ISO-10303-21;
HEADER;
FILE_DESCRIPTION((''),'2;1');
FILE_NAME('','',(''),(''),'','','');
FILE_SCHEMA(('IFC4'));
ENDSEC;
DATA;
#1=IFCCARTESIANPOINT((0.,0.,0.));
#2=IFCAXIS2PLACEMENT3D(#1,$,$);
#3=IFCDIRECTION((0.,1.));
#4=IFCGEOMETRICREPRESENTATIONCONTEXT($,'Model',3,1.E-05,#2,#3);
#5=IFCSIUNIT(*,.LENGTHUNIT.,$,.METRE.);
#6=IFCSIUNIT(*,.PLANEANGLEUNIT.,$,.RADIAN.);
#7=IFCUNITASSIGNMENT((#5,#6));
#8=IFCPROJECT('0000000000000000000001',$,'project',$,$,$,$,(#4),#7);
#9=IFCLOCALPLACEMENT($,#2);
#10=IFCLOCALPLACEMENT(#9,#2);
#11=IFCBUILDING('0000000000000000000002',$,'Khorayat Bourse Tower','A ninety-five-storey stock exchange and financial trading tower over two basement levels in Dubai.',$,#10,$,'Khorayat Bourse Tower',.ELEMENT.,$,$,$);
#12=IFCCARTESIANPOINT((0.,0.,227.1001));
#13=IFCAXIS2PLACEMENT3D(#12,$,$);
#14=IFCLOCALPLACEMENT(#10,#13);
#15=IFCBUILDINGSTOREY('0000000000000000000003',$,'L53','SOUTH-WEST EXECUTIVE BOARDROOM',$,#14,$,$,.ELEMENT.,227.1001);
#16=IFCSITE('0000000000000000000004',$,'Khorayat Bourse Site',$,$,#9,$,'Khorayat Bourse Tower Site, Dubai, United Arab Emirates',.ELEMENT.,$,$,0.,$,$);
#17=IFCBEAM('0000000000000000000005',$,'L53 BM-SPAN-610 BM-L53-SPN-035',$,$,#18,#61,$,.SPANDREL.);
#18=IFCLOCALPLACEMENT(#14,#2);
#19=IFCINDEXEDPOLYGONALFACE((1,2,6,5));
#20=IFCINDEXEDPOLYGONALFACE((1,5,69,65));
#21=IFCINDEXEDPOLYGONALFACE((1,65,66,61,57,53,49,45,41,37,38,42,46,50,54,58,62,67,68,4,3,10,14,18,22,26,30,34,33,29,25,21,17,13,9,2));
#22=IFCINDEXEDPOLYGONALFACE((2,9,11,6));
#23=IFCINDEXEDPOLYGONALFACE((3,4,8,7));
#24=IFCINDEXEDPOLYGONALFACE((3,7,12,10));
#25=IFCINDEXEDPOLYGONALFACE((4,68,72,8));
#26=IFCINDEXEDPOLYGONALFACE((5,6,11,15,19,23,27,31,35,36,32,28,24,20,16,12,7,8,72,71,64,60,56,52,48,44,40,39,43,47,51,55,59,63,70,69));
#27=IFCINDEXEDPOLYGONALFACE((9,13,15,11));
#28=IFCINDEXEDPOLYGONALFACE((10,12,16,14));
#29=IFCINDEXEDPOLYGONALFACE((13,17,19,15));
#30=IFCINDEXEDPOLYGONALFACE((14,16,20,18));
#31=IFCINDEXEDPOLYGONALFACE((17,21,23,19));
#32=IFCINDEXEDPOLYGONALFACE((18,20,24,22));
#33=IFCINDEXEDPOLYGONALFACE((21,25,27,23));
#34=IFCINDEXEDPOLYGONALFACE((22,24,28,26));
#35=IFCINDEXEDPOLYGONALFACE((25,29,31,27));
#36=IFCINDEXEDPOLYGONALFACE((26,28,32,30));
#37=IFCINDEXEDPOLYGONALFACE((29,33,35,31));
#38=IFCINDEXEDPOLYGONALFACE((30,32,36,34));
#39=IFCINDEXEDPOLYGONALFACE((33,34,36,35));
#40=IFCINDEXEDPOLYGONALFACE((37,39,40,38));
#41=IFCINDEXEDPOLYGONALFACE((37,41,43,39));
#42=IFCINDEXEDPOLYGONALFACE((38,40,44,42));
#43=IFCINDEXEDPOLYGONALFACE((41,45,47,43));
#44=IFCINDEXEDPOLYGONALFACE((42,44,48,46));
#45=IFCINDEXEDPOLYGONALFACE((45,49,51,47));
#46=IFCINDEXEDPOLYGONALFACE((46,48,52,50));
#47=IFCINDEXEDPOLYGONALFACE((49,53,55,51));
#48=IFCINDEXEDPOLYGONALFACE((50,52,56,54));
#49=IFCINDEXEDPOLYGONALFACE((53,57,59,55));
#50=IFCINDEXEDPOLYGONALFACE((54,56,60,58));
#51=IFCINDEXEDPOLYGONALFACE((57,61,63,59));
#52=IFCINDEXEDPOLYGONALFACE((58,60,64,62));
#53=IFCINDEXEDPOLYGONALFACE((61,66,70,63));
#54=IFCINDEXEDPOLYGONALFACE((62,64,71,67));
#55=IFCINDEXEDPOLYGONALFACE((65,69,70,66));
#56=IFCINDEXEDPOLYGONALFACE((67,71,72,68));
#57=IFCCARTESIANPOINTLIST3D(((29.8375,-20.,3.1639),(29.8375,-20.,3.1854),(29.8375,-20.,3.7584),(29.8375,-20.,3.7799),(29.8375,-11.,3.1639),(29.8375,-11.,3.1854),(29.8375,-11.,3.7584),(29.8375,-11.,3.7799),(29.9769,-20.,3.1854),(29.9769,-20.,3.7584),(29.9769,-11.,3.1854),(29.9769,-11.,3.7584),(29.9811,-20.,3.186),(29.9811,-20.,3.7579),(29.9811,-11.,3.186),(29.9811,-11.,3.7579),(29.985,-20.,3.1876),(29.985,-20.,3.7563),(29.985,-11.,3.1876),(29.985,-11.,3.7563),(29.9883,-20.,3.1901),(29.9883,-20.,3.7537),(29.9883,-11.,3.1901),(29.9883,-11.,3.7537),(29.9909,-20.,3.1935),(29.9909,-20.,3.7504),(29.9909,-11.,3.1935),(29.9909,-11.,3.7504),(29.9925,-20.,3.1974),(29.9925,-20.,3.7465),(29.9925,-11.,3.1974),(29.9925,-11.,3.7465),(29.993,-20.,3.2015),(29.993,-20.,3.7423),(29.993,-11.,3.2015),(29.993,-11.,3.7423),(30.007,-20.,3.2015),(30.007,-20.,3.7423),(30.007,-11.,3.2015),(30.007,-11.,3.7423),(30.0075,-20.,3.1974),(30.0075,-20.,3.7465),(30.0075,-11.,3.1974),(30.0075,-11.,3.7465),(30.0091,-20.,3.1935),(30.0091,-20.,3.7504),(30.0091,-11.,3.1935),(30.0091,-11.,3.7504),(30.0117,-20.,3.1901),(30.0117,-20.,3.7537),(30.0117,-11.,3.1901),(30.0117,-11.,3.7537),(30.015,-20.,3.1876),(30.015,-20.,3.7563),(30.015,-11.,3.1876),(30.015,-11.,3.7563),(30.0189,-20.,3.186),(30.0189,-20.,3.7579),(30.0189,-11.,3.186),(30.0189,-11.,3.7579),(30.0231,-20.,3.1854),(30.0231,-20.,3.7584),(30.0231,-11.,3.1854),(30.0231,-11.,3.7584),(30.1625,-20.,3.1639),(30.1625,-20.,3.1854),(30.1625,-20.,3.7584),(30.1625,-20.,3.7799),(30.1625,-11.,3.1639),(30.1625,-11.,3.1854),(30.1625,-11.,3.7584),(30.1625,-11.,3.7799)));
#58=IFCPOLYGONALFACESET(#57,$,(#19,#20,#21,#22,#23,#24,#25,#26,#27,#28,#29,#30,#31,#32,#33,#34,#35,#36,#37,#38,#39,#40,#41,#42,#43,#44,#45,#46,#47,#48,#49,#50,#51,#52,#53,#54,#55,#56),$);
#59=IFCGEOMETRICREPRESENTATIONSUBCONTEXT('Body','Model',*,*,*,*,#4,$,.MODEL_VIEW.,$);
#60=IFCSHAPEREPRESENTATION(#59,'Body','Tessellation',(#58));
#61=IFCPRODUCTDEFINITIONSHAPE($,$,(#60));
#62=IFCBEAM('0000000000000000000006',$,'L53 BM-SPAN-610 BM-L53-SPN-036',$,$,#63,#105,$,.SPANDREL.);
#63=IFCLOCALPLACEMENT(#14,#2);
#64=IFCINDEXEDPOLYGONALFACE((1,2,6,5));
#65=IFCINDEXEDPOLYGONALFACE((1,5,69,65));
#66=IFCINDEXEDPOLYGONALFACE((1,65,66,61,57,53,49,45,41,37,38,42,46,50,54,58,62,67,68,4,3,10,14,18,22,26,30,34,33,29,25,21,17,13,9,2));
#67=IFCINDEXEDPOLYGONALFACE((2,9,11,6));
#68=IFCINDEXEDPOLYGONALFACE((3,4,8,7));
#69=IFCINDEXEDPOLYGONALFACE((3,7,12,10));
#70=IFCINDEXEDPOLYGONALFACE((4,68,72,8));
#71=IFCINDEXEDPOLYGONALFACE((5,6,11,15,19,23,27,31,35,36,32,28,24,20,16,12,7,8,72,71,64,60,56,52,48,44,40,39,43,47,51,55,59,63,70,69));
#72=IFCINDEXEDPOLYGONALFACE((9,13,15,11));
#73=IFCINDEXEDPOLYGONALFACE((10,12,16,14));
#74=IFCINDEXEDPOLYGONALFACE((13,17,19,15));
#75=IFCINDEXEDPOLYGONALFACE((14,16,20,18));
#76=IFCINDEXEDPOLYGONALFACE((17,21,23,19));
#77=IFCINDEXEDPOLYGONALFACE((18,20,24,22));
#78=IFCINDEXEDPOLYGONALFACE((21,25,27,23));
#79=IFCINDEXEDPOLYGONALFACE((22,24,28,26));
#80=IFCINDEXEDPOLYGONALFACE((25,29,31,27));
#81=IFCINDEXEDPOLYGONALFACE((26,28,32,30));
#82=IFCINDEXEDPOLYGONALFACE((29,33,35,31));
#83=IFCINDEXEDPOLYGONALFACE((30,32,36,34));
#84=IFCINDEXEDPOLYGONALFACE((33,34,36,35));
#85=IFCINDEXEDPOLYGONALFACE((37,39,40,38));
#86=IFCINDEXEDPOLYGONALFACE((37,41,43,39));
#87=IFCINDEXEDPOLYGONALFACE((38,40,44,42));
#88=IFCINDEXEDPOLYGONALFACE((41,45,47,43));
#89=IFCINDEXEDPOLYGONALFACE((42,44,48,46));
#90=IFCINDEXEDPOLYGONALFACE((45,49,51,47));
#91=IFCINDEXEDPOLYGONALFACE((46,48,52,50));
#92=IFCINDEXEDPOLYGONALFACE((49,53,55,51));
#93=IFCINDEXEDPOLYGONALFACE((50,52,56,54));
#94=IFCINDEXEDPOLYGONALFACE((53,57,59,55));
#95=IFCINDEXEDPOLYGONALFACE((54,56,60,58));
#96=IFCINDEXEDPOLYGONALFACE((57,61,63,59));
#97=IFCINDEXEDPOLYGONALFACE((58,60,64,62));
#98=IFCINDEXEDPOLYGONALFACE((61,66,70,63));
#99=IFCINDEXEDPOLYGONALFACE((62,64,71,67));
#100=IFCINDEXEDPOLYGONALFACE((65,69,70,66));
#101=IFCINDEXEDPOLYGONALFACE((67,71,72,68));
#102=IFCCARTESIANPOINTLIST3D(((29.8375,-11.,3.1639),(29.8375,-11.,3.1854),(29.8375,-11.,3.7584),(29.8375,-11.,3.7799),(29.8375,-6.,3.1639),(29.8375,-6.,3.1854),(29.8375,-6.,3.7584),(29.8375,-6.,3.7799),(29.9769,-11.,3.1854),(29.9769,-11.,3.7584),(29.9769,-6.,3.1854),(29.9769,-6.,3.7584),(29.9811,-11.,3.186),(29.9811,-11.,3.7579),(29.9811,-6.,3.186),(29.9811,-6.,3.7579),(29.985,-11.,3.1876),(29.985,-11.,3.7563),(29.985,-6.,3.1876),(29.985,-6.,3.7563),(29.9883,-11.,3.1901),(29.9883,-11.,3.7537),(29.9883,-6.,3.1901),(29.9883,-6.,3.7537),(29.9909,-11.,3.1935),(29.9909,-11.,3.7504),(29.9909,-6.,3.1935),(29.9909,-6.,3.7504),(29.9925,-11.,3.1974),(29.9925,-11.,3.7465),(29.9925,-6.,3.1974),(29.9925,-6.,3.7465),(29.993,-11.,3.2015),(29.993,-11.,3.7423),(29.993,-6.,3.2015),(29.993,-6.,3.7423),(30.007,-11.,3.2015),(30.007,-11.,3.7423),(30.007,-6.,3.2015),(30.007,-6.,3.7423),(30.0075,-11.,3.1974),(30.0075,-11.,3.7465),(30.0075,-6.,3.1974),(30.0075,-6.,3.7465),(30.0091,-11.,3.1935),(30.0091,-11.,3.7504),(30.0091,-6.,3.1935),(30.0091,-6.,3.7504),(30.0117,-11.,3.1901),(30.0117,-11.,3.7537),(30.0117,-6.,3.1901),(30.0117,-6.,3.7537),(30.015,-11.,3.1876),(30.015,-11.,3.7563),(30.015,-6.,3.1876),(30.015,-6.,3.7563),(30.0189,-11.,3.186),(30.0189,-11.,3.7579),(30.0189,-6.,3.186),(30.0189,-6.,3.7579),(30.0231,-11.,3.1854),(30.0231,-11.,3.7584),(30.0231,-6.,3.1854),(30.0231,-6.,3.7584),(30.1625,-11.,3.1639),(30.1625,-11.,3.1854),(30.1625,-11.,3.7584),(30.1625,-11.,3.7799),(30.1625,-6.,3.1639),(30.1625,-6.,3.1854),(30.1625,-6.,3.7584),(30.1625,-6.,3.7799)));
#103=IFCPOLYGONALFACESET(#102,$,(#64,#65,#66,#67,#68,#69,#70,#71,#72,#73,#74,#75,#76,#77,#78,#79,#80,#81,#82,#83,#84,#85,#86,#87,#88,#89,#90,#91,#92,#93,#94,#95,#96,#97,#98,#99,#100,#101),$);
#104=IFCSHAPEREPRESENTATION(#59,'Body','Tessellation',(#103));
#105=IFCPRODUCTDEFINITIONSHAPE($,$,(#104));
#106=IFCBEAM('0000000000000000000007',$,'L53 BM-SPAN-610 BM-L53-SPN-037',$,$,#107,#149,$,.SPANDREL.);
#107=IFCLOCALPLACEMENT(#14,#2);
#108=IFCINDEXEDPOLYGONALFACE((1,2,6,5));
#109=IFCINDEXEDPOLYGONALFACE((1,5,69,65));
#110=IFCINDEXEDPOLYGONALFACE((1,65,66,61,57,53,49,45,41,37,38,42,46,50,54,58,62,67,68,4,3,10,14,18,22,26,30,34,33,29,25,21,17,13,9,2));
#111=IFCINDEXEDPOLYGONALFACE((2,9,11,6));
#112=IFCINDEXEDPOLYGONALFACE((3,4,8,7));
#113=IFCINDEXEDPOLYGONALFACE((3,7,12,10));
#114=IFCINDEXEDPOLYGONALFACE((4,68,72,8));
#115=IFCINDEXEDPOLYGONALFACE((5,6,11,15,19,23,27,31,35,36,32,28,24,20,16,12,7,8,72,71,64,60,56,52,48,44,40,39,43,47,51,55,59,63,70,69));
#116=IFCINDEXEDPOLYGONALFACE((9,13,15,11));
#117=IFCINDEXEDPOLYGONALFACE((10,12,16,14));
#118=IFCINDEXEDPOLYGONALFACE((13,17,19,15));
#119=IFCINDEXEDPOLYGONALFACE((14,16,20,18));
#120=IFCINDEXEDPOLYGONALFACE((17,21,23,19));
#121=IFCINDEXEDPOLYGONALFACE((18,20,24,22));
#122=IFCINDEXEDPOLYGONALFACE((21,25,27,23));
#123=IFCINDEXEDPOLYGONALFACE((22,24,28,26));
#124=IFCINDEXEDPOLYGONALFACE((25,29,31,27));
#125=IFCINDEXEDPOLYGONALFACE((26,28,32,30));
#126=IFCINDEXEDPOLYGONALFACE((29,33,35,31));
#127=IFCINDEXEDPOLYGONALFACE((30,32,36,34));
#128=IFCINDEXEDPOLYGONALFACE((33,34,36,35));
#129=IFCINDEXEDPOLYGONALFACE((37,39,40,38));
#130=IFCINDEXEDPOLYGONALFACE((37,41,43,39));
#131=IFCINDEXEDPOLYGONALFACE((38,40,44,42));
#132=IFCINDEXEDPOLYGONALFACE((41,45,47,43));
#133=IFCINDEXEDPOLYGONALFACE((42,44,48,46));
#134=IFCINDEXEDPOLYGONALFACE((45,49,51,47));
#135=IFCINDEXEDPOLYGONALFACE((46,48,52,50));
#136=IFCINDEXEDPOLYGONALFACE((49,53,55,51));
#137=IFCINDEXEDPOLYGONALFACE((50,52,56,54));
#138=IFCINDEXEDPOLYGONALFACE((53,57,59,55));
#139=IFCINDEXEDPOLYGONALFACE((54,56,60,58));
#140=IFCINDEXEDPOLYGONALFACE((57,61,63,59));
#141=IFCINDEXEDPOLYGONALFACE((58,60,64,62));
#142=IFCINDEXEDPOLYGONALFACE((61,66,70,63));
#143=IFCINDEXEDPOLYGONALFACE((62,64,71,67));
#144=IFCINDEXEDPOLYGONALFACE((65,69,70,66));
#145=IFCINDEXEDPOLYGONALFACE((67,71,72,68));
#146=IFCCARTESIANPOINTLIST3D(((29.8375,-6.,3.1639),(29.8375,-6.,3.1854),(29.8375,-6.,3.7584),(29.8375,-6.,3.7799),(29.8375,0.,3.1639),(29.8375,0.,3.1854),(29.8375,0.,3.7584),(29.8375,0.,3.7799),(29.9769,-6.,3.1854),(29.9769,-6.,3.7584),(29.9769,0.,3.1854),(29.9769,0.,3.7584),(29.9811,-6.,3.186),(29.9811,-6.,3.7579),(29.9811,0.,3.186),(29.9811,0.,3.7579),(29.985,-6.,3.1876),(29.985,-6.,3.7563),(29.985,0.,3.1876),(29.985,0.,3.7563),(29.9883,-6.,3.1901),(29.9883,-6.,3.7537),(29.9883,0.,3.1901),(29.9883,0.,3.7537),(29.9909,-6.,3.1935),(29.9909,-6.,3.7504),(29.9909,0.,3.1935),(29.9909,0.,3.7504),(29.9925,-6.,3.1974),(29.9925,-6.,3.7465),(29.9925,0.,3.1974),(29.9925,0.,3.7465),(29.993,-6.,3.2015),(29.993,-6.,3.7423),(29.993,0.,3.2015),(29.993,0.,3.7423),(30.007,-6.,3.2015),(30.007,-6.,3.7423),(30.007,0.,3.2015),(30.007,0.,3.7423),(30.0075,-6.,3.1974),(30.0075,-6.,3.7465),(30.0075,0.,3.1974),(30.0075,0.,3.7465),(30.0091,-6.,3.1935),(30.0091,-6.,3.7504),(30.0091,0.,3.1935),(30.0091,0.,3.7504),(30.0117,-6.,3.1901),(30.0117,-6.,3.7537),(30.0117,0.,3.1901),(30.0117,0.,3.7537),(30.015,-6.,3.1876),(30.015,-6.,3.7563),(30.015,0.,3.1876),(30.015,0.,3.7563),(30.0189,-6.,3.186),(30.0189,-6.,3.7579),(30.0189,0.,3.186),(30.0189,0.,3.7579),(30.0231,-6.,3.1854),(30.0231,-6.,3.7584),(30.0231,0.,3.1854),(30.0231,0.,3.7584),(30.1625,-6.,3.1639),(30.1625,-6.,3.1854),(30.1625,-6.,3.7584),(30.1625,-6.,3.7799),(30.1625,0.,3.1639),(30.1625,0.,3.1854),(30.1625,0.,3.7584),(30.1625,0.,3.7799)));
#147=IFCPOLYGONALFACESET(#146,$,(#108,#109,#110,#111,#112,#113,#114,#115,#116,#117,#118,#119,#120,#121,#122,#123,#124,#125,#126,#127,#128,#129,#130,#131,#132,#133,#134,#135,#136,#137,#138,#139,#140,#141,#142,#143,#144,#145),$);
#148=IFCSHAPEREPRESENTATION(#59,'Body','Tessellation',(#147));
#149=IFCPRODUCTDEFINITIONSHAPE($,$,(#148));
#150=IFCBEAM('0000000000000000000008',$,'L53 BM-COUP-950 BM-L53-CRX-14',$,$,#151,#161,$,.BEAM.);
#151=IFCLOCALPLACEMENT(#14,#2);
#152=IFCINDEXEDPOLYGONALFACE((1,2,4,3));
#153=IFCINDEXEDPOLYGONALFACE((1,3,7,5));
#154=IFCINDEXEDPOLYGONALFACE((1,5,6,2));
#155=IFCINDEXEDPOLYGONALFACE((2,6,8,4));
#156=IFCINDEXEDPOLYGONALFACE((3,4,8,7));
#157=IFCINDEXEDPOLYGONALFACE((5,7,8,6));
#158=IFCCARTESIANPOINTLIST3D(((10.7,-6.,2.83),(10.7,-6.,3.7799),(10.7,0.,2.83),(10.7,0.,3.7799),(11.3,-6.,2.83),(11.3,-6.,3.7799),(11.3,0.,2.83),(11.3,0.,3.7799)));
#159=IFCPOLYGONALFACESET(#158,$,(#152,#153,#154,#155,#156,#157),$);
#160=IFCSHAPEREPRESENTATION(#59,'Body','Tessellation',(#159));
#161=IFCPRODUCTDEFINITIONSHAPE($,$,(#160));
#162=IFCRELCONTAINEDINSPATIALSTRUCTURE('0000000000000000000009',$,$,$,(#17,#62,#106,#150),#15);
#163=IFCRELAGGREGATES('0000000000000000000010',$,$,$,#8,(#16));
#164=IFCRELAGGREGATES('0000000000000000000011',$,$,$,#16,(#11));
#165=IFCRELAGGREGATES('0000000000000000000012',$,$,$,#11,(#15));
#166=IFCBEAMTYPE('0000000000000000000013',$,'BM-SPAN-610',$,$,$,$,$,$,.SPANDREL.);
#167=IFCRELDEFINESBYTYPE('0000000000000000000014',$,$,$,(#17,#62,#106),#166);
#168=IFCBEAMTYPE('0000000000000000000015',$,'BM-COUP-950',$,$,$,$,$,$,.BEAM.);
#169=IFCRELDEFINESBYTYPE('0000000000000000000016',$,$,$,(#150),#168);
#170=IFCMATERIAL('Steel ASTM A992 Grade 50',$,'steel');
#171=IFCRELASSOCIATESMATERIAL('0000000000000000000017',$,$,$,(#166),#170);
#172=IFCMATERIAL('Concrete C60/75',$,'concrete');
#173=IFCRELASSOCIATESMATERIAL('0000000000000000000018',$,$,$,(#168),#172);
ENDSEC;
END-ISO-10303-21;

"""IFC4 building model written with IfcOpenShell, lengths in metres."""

from ifc_helpers import new_model, si_unit, direction, frame, origin, origin_2d, place, context, subcontext, project, spatial, rectangle, i_section, extrude, source, transform, mapped, material, material_profile, profile_set, type_object, element, save


model = new_model("IFC4")

# Units and contexts
model_context = context("Model", 3, precision=1e-05, world=origin(), true_north=direction((0.0, 1.0)))
body_context = subcontext(model_context, "Body", "Model", "MODEL_VIEW")
ifc_project = project(units=[si_unit("LENGTHUNIT", "METRE"), si_unit("PLANEANGLEUNIT", "RADIAN")], contexts=[model_context])

# Site, building, storey
site_placement = place(None, origin())
site = spatial("IfcSite", under=ifc_project, at=site_placement, Name="Khorayat Bourse Site", LongName="Khorayat Bourse Tower Site, Dubai, United Arab Emirates", CompositionType="ELEMENT", RefElevation=0.0)
building_placement = place(site_placement, origin())
building = spatial("IfcBuilding", under=site, at=building_placement, Name="Khorayat Bourse Tower", Description="A ninety-five-storey stock exchange and financial trading tower over two basement levels in Dubai.", LongName="Khorayat Bourse Tower", CompositionType="ELEMENT")
storey_placement = place(building_placement, frame((0.0, 0.0, 227.1001)))
storey = spatial("IfcBuildingStorey", under=building, at=storey_placement, Name="L53", Description="SOUTH-WEST EXECUTIVE BOARDROOM", CompositionType="ELEMENT", Elevation=227.1001)

# Beams
ifc_material_1 = material(Name="Steel ASTM A992 Grade 50", Category="steel")
ifc_material_profile_1 = material_profile(ifc_material_1, i_section(OverallWidth=0.325, OverallDepth=0.616, WebThickness=0.0139, FlangeThickness=0.0215, FilletRadius=0.0161, at=origin_2d()), Name="W610X174")
ifc_profile_set_1 = profile_set([ifc_material_profile_1], Name="Steel ASTM A992 Grade 50")
beam_type_1 = type_object("IfcBeamType", Name="BM-SPAN-610", PredefinedType="SPANDREL", material=ifc_profile_set_1)
shared_shape_1 = source(origin(), body_context, "Body", "SweptSolid", [
    extrude(i_section(OverallWidth=0.325, OverallDepth=0.616, WebThickness=0.0139, FlangeThickness=0.0215, FilletRadius=0.0161, at=origin_2d()), origin(), (0.0, 0.0, 1.0), 9.0),
])
beam_1_placement = place(storey_placement, frame((30.0, -20.0, 3.4719), z_axis=(0.0, 1.0, 0.0), x_axis=(-1.0, 0.0, 0.0)))
element("IfcBeam", 1, at=beam_1_placement, inside=storey, type_object=beam_type_1, Name="L53 BM-SPAN-610 BM-L53-SPN-035", PredefinedType="SPANDREL", context=body_context, shape_type="MappedRepresentation", body=[
    mapped(shared_shape_1, transform((0.0, 0.0, 0.0), scale=1.0)),
])
shared_shape_2 = source(origin(), body_context, "Body", "SweptSolid", [
    extrude(i_section(OverallWidth=0.325, OverallDepth=0.616, WebThickness=0.0139, FlangeThickness=0.0215, FilletRadius=0.0161, at=origin_2d()), origin(), (0.0, 0.0, 1.0), 5.0),
])
beam_2_placement = place(storey_placement, frame((30.0, -11.0, 3.4719), z_axis=(0.0, 1.0, 0.0), x_axis=(-1.0, 0.0, 0.0)))
element("IfcBeam", 2, at=beam_2_placement, inside=storey, type_object=beam_type_1, Name="L53 BM-SPAN-610 BM-L53-SPN-036", PredefinedType="SPANDREL", context=body_context, shape_type="MappedRepresentation", body=[
    mapped(shared_shape_2, transform((0.0, 0.0, 0.0), scale=1.0)),
])
shared_shape_3 = source(origin(), body_context, "Body", "SweptSolid", [
    extrude(i_section(OverallWidth=0.325, OverallDepth=0.616, WebThickness=0.0139, FlangeThickness=0.0215, FilletRadius=0.0161, at=origin_2d()), origin(), (0.0, 0.0, 1.0), 6.0),
])
beam_3_placement = place(storey_placement, frame((30.0, -6.0, 3.4719), z_axis=(0.0, 1.0, 0.0), x_axis=(-1.0, 0.0, 0.0)))
element("IfcBeam", 3, at=beam_3_placement, inside=storey, type_object=beam_type_1, Name="L53 BM-SPAN-610 BM-L53-SPN-037", PredefinedType="SPANDREL", context=body_context, shape_type="MappedRepresentation", body=[
    mapped(shared_shape_3, transform((0.0, 0.0, 0.0), scale=1.0)),
])
ifc_material_2 = material(Name="Concrete C60/75", Category="concrete")
ifc_material_profile_2 = material_profile(ifc_material_2, rectangle(XDim=0.6001, YDim=0.95, at=origin_2d()), Name="RC 600x950")
ifc_profile_set_2 = profile_set([ifc_material_profile_2], Name="Concrete C60/75")
beam_type_2 = type_object("IfcBeamType", Name="BM-COUP-950", PredefinedType="BEAM", material=ifc_profile_set_2)
shared_shape_4 = source(origin(), body_context, "Body", "SweptSolid", [
    extrude(rectangle(XDim=0.6001, YDim=0.95, at=origin_2d()), origin(), (0.0, 0.0, 1.0), 6.0),
])
beam_4_placement = place(storey_placement, frame((11.0, -6.0, 3.3049), z_axis=(0.0, 1.0, 0.0), x_axis=(-1.0, 0.0, 0.0)))
element("IfcBeam", 4, at=beam_4_placement, inside=storey, type_object=beam_type_2, Name="L53 BM-COUP-950 BM-L53-CRX-14", PredefinedType="BEAM", context=body_context, shape_type="MappedRepresentation", body=[
    mapped(shared_shape_4, transform((0.0, 0.0, 0.0), scale=1.0)),
])

save(model, "model.ifc")
